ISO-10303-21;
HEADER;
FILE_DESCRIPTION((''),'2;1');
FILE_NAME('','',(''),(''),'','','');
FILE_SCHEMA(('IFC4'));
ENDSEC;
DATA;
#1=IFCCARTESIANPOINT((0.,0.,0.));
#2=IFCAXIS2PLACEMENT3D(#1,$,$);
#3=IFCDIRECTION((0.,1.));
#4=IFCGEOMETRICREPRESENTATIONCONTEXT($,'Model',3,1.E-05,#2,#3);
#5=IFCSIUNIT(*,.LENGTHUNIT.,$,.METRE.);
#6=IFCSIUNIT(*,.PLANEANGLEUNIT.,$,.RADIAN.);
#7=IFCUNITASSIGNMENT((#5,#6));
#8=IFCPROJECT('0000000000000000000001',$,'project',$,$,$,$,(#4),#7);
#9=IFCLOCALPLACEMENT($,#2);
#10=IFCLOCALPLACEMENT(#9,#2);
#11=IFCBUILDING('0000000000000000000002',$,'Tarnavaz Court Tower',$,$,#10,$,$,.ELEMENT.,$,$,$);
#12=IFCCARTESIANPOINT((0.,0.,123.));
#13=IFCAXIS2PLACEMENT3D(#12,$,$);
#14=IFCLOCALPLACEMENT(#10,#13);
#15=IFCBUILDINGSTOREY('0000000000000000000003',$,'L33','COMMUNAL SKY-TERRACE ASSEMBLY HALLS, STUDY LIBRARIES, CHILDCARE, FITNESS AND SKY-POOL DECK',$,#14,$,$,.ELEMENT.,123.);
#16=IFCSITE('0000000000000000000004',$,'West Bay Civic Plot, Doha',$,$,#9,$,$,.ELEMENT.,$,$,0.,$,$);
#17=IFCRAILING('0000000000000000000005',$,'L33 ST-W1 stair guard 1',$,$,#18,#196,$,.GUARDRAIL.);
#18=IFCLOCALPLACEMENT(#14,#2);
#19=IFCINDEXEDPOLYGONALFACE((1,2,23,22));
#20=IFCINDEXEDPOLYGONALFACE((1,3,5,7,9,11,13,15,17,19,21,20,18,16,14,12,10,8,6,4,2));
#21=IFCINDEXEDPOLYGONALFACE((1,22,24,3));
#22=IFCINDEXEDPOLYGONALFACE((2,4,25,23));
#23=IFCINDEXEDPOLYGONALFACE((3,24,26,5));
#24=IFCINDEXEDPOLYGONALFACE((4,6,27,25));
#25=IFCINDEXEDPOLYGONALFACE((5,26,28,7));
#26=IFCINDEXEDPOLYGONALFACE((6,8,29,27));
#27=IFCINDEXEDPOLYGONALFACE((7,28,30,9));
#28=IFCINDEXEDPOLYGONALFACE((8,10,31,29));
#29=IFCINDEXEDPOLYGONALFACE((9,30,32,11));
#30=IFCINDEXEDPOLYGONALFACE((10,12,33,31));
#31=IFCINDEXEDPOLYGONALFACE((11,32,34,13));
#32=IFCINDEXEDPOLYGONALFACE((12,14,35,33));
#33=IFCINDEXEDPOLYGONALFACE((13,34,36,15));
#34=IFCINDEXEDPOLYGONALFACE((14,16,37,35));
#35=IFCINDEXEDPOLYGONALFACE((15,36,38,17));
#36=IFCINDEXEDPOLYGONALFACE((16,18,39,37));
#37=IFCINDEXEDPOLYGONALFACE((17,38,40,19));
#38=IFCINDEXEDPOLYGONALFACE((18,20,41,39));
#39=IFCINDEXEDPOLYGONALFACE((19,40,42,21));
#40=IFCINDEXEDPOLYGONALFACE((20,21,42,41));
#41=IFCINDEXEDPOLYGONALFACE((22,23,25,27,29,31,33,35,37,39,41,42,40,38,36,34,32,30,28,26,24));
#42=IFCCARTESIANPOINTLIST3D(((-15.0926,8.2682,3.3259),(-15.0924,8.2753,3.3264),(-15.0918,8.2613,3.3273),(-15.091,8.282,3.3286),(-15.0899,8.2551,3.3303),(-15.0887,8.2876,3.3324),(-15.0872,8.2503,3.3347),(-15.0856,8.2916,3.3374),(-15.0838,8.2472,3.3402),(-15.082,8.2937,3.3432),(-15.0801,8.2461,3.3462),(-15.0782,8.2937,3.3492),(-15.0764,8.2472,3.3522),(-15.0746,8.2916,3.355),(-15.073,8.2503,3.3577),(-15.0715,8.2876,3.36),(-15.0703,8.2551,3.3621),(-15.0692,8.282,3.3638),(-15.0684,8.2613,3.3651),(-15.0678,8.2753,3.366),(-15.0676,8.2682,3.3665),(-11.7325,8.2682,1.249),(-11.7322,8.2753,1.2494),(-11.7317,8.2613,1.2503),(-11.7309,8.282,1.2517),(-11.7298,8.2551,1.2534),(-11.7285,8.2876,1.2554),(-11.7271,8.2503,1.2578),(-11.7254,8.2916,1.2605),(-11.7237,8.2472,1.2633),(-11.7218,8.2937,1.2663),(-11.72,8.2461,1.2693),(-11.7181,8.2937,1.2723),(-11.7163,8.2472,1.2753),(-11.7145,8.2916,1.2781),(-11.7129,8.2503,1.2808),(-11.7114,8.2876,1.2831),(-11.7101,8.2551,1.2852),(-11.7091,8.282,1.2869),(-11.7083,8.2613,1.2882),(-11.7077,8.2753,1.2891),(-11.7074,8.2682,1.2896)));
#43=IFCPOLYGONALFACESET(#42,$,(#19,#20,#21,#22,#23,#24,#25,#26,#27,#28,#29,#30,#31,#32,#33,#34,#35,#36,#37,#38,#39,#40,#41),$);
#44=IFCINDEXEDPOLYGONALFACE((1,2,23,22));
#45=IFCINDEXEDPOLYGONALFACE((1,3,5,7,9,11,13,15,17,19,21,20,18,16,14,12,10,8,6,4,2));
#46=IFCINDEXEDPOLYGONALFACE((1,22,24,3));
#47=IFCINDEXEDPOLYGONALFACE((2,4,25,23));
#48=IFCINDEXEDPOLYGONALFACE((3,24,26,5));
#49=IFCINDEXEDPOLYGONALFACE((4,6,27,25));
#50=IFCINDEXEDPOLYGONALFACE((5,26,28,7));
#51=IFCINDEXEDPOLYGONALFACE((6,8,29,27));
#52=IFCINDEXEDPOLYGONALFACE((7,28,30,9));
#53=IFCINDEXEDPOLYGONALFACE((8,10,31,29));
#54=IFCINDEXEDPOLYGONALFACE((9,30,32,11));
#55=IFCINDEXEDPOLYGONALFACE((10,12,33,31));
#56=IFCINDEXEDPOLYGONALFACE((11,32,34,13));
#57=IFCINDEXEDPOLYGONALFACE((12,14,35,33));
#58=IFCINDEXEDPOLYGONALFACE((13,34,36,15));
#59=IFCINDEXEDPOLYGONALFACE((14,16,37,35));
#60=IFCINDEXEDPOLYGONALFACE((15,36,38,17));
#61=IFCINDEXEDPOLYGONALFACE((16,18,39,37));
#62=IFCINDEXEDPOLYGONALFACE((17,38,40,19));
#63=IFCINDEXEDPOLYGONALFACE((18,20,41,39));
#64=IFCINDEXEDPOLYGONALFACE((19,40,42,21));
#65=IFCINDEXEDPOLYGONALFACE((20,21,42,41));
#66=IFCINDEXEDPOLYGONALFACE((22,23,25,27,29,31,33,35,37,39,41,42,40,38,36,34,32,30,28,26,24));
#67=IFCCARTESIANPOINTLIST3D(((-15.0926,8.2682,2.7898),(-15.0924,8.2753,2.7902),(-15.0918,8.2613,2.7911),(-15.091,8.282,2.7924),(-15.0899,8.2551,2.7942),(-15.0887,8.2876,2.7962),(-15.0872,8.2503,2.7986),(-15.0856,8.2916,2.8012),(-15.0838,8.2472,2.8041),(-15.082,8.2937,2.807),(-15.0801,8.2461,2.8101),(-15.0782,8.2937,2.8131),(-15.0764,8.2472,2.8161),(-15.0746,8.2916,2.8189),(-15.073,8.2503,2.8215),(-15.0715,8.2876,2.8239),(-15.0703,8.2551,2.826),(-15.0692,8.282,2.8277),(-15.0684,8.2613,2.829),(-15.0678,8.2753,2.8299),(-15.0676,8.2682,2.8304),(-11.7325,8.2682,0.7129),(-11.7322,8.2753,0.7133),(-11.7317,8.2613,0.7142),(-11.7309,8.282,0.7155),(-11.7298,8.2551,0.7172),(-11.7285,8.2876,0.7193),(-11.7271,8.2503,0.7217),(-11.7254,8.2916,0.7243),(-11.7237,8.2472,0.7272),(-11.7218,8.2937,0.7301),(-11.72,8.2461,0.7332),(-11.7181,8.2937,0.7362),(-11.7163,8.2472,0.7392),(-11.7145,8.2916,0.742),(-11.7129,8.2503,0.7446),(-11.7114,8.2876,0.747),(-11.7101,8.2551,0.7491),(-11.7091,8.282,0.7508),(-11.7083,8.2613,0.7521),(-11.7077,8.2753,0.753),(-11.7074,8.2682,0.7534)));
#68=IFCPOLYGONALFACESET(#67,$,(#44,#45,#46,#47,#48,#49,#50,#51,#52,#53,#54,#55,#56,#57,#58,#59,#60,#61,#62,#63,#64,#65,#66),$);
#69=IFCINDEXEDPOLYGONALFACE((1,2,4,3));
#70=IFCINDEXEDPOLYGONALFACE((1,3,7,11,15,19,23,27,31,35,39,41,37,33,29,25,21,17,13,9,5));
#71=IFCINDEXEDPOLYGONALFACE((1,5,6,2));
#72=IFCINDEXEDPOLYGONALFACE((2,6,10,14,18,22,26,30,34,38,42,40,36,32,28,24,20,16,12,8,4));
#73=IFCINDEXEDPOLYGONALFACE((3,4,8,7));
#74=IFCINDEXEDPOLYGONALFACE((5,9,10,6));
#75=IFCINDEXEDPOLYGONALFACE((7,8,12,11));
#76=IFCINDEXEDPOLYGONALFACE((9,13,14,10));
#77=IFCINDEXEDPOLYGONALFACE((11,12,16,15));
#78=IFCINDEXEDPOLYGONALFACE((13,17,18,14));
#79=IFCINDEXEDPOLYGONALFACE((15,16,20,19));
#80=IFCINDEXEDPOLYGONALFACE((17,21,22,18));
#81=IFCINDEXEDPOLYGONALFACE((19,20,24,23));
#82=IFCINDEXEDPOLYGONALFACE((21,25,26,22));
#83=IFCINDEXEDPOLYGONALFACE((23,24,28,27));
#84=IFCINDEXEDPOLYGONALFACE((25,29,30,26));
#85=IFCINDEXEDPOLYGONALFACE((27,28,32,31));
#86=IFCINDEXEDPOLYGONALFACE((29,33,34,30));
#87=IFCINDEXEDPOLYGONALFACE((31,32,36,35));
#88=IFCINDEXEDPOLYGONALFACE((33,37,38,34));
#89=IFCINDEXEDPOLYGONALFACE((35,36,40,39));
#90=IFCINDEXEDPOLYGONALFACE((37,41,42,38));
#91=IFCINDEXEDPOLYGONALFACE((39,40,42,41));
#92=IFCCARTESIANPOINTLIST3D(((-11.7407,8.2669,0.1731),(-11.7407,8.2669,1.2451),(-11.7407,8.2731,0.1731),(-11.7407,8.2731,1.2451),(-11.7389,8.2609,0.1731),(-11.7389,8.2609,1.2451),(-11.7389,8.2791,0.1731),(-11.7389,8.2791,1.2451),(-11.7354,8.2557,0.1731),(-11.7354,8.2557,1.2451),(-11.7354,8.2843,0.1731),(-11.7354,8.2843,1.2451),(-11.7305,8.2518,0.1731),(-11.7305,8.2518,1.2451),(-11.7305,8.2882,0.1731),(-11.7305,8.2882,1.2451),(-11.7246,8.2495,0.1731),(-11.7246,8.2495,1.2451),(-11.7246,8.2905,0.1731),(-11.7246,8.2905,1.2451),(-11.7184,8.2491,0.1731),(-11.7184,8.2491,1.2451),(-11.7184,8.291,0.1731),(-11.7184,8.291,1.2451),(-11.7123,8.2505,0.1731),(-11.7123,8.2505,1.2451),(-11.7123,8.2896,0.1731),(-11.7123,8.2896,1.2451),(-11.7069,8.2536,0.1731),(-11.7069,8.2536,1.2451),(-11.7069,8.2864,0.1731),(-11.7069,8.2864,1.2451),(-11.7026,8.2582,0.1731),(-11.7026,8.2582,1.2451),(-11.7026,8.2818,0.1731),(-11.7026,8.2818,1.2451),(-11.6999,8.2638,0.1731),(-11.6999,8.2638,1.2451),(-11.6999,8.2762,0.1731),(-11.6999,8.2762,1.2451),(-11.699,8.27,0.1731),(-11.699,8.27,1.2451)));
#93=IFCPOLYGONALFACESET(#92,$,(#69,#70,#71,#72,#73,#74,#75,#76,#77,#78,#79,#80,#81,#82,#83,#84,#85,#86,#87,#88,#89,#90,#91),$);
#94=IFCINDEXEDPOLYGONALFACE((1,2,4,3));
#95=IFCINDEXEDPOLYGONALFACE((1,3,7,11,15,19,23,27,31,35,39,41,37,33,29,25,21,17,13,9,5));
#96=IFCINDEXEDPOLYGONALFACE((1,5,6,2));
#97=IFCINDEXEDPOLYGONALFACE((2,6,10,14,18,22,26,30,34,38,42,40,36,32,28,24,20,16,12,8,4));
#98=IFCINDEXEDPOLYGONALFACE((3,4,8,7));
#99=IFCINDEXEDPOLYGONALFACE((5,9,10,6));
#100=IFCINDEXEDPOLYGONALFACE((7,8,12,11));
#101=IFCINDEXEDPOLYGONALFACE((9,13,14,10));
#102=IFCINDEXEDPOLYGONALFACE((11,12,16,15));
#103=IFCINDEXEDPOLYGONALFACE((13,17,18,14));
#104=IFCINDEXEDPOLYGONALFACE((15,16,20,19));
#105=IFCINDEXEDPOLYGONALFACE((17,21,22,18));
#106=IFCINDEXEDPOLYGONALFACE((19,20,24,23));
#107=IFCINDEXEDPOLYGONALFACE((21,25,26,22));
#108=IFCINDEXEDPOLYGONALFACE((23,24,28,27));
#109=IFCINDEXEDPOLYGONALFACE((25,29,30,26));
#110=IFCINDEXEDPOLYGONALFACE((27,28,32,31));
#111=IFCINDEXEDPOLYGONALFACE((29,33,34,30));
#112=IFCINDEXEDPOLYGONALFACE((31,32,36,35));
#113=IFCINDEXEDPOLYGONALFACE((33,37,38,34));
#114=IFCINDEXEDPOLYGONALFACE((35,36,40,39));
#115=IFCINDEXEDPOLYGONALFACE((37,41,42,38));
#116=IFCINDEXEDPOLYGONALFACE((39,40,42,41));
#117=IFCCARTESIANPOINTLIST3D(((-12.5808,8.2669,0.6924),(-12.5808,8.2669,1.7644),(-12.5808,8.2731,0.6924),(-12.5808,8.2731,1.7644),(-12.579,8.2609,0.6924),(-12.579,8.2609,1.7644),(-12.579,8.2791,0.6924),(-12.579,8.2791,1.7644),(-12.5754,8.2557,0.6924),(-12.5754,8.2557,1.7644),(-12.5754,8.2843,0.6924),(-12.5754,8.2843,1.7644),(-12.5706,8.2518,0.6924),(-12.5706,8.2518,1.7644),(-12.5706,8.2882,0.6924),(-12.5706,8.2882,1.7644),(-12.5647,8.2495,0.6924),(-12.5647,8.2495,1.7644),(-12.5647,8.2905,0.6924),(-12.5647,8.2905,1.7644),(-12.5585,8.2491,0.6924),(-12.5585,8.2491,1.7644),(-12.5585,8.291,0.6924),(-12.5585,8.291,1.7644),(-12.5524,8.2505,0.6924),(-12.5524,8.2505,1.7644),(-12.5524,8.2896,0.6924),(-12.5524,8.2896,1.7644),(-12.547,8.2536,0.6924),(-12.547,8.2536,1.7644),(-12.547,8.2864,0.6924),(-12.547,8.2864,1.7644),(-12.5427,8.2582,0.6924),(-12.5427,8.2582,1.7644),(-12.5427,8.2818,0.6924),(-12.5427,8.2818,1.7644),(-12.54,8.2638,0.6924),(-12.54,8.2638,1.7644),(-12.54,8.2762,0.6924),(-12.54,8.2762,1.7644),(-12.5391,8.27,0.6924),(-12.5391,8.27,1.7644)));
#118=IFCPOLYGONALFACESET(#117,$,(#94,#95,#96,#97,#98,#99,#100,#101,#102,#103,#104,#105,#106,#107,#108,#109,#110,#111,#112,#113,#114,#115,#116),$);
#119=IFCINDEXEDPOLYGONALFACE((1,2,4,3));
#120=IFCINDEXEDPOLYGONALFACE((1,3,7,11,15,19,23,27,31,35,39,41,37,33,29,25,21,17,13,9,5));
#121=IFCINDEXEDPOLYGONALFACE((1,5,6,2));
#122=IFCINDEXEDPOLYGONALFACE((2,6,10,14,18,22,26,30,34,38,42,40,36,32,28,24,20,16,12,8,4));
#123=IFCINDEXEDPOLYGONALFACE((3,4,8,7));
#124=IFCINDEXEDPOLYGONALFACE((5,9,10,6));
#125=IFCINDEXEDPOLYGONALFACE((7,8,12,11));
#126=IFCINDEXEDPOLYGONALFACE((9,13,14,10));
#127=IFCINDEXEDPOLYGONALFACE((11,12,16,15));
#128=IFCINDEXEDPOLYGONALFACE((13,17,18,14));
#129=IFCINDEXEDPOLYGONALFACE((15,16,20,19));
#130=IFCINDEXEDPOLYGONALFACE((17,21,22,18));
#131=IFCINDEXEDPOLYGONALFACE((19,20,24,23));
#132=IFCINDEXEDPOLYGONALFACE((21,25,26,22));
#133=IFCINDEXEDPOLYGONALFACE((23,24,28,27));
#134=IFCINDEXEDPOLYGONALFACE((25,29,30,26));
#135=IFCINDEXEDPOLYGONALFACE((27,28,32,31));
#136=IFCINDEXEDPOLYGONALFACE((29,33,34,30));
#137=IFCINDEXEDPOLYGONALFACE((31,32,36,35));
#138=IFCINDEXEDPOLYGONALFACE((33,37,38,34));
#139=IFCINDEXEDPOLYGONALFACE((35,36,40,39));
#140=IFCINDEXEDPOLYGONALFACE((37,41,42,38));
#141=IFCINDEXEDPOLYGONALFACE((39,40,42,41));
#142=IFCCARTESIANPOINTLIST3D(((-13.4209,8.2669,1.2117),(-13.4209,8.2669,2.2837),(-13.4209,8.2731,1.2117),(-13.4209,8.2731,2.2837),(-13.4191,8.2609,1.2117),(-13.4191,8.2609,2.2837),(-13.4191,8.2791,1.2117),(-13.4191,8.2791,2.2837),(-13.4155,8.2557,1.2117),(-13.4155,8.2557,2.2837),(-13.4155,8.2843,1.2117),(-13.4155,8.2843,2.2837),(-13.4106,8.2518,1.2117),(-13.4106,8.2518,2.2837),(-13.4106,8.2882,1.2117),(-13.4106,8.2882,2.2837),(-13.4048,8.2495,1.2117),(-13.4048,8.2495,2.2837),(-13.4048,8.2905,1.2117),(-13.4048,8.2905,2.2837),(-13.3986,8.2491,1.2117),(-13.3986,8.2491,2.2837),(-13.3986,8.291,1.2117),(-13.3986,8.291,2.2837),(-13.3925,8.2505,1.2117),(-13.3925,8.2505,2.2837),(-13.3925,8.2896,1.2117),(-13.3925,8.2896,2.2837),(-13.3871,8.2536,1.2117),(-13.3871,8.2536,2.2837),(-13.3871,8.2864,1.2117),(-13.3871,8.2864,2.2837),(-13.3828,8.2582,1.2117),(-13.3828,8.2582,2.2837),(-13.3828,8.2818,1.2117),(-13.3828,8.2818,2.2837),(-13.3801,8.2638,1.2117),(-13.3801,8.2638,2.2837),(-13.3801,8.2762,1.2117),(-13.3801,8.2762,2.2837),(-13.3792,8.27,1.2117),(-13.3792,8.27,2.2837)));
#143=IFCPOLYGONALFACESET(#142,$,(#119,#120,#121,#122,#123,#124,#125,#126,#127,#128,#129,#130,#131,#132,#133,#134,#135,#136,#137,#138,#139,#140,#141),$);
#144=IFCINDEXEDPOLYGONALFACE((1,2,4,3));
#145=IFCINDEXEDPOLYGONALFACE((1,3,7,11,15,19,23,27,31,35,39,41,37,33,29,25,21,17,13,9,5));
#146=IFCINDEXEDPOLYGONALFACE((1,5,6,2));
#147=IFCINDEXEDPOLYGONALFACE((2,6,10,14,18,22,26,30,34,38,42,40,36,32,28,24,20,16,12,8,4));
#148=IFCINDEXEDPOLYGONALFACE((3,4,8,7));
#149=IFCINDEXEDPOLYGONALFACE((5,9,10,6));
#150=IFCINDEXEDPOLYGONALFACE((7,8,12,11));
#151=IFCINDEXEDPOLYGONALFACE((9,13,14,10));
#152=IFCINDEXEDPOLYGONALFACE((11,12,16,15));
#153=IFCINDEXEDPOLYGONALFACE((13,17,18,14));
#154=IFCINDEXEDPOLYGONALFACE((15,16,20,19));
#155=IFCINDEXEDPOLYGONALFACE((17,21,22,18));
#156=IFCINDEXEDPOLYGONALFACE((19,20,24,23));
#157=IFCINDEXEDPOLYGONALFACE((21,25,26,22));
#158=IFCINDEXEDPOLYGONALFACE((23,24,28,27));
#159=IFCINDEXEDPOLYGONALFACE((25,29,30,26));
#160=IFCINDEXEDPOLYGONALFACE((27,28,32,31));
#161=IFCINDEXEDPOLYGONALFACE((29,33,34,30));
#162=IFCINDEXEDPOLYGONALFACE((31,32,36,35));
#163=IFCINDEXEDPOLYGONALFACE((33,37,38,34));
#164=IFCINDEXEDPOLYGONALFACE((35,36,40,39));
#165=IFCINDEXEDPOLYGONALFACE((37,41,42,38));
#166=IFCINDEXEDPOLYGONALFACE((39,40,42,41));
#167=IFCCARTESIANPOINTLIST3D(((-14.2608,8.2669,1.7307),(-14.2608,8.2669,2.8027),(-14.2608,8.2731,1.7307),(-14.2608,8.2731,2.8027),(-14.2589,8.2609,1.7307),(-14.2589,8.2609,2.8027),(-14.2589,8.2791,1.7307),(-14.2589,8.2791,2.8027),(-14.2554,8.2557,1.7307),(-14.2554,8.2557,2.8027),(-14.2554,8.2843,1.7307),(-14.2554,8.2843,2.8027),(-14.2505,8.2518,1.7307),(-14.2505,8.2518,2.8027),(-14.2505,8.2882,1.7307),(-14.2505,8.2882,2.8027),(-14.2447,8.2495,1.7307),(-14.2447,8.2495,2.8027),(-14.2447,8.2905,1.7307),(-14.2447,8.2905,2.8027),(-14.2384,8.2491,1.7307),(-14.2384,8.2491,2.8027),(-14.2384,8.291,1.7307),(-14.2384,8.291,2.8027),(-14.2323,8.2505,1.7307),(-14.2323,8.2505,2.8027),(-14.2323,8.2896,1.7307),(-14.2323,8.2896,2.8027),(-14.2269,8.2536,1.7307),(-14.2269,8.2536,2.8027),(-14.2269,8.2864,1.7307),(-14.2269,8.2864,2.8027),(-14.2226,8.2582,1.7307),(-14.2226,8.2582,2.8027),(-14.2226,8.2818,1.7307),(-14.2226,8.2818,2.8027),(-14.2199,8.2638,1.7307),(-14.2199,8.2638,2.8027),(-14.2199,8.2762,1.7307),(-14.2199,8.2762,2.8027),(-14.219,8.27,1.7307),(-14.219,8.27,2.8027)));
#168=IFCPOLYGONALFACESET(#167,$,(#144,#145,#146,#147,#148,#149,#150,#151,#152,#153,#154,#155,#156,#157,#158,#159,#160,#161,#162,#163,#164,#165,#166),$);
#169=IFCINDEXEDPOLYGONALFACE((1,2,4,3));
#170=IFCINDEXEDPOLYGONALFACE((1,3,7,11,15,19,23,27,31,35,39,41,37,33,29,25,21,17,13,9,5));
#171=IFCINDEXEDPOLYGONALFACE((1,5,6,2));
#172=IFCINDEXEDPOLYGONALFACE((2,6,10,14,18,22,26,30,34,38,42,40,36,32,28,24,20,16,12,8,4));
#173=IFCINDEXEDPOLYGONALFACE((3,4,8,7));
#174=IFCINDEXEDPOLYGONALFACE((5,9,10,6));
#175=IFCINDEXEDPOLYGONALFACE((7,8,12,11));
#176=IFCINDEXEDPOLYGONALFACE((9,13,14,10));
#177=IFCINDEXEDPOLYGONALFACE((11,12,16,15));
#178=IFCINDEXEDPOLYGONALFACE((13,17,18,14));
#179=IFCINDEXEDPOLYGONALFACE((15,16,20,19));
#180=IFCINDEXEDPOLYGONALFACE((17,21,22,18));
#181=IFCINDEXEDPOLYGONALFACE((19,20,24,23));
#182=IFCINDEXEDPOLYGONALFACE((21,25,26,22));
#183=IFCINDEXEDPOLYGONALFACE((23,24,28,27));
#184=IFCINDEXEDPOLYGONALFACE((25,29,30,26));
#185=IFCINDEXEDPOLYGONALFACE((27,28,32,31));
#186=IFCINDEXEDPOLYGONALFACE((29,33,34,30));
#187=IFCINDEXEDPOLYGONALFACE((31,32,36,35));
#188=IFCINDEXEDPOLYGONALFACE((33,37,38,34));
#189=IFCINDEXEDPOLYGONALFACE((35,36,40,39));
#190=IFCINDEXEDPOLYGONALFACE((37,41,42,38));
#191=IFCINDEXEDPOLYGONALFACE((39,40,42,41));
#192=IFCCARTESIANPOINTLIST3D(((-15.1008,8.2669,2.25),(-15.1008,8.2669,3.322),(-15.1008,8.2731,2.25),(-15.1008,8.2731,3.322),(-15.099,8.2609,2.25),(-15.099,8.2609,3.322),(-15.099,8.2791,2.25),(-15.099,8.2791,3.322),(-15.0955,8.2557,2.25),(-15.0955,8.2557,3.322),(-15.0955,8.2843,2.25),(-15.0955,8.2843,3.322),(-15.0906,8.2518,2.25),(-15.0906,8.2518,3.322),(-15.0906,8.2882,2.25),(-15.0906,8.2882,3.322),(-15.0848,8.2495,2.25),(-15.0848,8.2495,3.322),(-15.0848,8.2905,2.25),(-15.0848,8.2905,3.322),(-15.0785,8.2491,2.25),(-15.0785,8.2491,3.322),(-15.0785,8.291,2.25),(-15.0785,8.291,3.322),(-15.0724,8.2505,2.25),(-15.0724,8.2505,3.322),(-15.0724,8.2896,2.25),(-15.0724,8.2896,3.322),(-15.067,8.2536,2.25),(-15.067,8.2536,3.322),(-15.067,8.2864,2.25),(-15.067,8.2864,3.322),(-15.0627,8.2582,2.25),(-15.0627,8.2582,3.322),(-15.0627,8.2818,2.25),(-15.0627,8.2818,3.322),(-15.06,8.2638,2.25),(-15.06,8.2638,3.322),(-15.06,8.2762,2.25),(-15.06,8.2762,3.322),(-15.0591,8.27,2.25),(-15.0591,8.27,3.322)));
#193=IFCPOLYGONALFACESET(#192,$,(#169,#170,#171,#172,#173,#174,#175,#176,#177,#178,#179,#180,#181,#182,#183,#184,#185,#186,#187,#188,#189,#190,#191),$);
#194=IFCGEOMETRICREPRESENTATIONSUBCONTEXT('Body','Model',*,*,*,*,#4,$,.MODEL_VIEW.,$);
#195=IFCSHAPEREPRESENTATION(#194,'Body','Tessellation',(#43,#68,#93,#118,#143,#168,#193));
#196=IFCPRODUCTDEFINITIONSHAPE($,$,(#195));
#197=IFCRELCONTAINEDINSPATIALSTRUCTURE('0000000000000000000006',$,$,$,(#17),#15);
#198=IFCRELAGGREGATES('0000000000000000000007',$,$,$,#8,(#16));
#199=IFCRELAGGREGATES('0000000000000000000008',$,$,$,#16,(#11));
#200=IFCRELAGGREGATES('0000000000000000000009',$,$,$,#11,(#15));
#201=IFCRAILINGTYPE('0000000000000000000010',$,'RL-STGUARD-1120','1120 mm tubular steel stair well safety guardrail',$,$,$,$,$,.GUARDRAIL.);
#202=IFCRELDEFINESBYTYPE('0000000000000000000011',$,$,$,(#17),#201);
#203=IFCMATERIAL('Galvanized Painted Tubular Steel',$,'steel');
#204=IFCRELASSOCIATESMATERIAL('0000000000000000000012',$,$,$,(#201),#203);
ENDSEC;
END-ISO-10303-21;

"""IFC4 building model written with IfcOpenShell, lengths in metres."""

from ifc_helpers import new_model, si_unit, direction, frame, origin, origin_2d, place, context, subcontext, project, spatial, circle, extrude, material, type_object, element, save


model = new_model("IFC4")

# Units and contexts
model_context = context("Model", 3, precision=1e-05, world=origin(), true_north=direction((0.0, 1.0)))
body_context = subcontext(model_context, "Body", "Model", "MODEL_VIEW")
ifc_project = project(units=[si_unit("LENGTHUNIT", "METRE"), si_unit("PLANEANGLEUNIT", "RADIAN")], contexts=[model_context])

# Site, building, storey
site_placement = place(None, origin())
site = spatial("IfcSite", under=ifc_project, at=site_placement, Name="West Bay Civic Plot, Doha", CompositionType="ELEMENT", RefElevation=0.0)
building_placement = place(site_placement, origin())
building = spatial("IfcBuilding", under=site, at=building_placement, Name="Tarnavaz Court Tower", CompositionType="ELEMENT")
storey_placement = place(building_placement, frame((0.0, 0.0, 123.0)))
storey = spatial("IfcBuildingStorey", under=building, at=storey_placement, Name="L33", Description="COMMUNAL SKY-TERRACE ASSEMBLY HALLS, STUDY LIBRARIES, CHILDCARE, FITNESS AND SKY-POOL DECK", CompositionType="ELEMENT", Elevation=123.0)

# Railing
ifc_material_1 = material(Name="Galvanized Painted Tubular Steel", Category="steel")
railing_type_1 = type_object("IfcRailingType", Name="RL-STGUARD-1120", Description="1120 mm tubular steel stair well safety guardrail", PredefinedType="GUARDRAIL", material=ifc_material_1)
railing_1_placement = place(storey_placement, frame((-11.72, 8.27, 0.1731)))
element("IfcRailing", 1, at=railing_1_placement, inside=storey, type_object=railing_type_1, Name="L33 ST-W1 stair guard 1", PredefinedType="GUARDRAIL", context=body_context, shape_type="SweptSolid", body=[
    extrude(circle(Radius=0.0239, at=origin_2d()), frame((0.0, 0.0, 1.0962), z_axis=(-0.850623, 0.0, 0.525776), x_axis=(0.0, -1.0, 0.0)), (0.0, 0.0, 1.0), 3.9502),
    extrude(circle(Radius=0.0239, at=origin_2d()), frame((0.0, 0.0, 0.5601), z_axis=(-0.850623, 0.0, 0.525776), x_axis=(0.0, -1.0, 0.0)), (0.0, 0.0, 1.0), 3.9502),
    extrude(circle(Radius=0.021, at=origin_2d()), origin(), (0.0, 0.0, 1.0), 1.072),
    extrude(circle(Radius=0.021, at=origin_2d()), frame((-0.8401, 0.0, 0.5193)), (0.0, 0.0, 1.0), 1.072),
    extrude(circle(Radius=0.021, at=origin_2d()), frame((-1.6802, 0.0, 1.0386)), (0.0, 0.0, 1.0), 1.072),
    extrude(circle(Radius=0.021, at=origin_2d()), frame((-2.52, 0.0, 1.5576)), (0.0, 0.0, 1.0), 1.072),
    extrude(circle(Radius=0.021, at=origin_2d()), frame((-3.3601, 0.0, 2.0769)), (0.0, 0.0, 1.0), 1.072),
])

save(model, "model.ifc")
